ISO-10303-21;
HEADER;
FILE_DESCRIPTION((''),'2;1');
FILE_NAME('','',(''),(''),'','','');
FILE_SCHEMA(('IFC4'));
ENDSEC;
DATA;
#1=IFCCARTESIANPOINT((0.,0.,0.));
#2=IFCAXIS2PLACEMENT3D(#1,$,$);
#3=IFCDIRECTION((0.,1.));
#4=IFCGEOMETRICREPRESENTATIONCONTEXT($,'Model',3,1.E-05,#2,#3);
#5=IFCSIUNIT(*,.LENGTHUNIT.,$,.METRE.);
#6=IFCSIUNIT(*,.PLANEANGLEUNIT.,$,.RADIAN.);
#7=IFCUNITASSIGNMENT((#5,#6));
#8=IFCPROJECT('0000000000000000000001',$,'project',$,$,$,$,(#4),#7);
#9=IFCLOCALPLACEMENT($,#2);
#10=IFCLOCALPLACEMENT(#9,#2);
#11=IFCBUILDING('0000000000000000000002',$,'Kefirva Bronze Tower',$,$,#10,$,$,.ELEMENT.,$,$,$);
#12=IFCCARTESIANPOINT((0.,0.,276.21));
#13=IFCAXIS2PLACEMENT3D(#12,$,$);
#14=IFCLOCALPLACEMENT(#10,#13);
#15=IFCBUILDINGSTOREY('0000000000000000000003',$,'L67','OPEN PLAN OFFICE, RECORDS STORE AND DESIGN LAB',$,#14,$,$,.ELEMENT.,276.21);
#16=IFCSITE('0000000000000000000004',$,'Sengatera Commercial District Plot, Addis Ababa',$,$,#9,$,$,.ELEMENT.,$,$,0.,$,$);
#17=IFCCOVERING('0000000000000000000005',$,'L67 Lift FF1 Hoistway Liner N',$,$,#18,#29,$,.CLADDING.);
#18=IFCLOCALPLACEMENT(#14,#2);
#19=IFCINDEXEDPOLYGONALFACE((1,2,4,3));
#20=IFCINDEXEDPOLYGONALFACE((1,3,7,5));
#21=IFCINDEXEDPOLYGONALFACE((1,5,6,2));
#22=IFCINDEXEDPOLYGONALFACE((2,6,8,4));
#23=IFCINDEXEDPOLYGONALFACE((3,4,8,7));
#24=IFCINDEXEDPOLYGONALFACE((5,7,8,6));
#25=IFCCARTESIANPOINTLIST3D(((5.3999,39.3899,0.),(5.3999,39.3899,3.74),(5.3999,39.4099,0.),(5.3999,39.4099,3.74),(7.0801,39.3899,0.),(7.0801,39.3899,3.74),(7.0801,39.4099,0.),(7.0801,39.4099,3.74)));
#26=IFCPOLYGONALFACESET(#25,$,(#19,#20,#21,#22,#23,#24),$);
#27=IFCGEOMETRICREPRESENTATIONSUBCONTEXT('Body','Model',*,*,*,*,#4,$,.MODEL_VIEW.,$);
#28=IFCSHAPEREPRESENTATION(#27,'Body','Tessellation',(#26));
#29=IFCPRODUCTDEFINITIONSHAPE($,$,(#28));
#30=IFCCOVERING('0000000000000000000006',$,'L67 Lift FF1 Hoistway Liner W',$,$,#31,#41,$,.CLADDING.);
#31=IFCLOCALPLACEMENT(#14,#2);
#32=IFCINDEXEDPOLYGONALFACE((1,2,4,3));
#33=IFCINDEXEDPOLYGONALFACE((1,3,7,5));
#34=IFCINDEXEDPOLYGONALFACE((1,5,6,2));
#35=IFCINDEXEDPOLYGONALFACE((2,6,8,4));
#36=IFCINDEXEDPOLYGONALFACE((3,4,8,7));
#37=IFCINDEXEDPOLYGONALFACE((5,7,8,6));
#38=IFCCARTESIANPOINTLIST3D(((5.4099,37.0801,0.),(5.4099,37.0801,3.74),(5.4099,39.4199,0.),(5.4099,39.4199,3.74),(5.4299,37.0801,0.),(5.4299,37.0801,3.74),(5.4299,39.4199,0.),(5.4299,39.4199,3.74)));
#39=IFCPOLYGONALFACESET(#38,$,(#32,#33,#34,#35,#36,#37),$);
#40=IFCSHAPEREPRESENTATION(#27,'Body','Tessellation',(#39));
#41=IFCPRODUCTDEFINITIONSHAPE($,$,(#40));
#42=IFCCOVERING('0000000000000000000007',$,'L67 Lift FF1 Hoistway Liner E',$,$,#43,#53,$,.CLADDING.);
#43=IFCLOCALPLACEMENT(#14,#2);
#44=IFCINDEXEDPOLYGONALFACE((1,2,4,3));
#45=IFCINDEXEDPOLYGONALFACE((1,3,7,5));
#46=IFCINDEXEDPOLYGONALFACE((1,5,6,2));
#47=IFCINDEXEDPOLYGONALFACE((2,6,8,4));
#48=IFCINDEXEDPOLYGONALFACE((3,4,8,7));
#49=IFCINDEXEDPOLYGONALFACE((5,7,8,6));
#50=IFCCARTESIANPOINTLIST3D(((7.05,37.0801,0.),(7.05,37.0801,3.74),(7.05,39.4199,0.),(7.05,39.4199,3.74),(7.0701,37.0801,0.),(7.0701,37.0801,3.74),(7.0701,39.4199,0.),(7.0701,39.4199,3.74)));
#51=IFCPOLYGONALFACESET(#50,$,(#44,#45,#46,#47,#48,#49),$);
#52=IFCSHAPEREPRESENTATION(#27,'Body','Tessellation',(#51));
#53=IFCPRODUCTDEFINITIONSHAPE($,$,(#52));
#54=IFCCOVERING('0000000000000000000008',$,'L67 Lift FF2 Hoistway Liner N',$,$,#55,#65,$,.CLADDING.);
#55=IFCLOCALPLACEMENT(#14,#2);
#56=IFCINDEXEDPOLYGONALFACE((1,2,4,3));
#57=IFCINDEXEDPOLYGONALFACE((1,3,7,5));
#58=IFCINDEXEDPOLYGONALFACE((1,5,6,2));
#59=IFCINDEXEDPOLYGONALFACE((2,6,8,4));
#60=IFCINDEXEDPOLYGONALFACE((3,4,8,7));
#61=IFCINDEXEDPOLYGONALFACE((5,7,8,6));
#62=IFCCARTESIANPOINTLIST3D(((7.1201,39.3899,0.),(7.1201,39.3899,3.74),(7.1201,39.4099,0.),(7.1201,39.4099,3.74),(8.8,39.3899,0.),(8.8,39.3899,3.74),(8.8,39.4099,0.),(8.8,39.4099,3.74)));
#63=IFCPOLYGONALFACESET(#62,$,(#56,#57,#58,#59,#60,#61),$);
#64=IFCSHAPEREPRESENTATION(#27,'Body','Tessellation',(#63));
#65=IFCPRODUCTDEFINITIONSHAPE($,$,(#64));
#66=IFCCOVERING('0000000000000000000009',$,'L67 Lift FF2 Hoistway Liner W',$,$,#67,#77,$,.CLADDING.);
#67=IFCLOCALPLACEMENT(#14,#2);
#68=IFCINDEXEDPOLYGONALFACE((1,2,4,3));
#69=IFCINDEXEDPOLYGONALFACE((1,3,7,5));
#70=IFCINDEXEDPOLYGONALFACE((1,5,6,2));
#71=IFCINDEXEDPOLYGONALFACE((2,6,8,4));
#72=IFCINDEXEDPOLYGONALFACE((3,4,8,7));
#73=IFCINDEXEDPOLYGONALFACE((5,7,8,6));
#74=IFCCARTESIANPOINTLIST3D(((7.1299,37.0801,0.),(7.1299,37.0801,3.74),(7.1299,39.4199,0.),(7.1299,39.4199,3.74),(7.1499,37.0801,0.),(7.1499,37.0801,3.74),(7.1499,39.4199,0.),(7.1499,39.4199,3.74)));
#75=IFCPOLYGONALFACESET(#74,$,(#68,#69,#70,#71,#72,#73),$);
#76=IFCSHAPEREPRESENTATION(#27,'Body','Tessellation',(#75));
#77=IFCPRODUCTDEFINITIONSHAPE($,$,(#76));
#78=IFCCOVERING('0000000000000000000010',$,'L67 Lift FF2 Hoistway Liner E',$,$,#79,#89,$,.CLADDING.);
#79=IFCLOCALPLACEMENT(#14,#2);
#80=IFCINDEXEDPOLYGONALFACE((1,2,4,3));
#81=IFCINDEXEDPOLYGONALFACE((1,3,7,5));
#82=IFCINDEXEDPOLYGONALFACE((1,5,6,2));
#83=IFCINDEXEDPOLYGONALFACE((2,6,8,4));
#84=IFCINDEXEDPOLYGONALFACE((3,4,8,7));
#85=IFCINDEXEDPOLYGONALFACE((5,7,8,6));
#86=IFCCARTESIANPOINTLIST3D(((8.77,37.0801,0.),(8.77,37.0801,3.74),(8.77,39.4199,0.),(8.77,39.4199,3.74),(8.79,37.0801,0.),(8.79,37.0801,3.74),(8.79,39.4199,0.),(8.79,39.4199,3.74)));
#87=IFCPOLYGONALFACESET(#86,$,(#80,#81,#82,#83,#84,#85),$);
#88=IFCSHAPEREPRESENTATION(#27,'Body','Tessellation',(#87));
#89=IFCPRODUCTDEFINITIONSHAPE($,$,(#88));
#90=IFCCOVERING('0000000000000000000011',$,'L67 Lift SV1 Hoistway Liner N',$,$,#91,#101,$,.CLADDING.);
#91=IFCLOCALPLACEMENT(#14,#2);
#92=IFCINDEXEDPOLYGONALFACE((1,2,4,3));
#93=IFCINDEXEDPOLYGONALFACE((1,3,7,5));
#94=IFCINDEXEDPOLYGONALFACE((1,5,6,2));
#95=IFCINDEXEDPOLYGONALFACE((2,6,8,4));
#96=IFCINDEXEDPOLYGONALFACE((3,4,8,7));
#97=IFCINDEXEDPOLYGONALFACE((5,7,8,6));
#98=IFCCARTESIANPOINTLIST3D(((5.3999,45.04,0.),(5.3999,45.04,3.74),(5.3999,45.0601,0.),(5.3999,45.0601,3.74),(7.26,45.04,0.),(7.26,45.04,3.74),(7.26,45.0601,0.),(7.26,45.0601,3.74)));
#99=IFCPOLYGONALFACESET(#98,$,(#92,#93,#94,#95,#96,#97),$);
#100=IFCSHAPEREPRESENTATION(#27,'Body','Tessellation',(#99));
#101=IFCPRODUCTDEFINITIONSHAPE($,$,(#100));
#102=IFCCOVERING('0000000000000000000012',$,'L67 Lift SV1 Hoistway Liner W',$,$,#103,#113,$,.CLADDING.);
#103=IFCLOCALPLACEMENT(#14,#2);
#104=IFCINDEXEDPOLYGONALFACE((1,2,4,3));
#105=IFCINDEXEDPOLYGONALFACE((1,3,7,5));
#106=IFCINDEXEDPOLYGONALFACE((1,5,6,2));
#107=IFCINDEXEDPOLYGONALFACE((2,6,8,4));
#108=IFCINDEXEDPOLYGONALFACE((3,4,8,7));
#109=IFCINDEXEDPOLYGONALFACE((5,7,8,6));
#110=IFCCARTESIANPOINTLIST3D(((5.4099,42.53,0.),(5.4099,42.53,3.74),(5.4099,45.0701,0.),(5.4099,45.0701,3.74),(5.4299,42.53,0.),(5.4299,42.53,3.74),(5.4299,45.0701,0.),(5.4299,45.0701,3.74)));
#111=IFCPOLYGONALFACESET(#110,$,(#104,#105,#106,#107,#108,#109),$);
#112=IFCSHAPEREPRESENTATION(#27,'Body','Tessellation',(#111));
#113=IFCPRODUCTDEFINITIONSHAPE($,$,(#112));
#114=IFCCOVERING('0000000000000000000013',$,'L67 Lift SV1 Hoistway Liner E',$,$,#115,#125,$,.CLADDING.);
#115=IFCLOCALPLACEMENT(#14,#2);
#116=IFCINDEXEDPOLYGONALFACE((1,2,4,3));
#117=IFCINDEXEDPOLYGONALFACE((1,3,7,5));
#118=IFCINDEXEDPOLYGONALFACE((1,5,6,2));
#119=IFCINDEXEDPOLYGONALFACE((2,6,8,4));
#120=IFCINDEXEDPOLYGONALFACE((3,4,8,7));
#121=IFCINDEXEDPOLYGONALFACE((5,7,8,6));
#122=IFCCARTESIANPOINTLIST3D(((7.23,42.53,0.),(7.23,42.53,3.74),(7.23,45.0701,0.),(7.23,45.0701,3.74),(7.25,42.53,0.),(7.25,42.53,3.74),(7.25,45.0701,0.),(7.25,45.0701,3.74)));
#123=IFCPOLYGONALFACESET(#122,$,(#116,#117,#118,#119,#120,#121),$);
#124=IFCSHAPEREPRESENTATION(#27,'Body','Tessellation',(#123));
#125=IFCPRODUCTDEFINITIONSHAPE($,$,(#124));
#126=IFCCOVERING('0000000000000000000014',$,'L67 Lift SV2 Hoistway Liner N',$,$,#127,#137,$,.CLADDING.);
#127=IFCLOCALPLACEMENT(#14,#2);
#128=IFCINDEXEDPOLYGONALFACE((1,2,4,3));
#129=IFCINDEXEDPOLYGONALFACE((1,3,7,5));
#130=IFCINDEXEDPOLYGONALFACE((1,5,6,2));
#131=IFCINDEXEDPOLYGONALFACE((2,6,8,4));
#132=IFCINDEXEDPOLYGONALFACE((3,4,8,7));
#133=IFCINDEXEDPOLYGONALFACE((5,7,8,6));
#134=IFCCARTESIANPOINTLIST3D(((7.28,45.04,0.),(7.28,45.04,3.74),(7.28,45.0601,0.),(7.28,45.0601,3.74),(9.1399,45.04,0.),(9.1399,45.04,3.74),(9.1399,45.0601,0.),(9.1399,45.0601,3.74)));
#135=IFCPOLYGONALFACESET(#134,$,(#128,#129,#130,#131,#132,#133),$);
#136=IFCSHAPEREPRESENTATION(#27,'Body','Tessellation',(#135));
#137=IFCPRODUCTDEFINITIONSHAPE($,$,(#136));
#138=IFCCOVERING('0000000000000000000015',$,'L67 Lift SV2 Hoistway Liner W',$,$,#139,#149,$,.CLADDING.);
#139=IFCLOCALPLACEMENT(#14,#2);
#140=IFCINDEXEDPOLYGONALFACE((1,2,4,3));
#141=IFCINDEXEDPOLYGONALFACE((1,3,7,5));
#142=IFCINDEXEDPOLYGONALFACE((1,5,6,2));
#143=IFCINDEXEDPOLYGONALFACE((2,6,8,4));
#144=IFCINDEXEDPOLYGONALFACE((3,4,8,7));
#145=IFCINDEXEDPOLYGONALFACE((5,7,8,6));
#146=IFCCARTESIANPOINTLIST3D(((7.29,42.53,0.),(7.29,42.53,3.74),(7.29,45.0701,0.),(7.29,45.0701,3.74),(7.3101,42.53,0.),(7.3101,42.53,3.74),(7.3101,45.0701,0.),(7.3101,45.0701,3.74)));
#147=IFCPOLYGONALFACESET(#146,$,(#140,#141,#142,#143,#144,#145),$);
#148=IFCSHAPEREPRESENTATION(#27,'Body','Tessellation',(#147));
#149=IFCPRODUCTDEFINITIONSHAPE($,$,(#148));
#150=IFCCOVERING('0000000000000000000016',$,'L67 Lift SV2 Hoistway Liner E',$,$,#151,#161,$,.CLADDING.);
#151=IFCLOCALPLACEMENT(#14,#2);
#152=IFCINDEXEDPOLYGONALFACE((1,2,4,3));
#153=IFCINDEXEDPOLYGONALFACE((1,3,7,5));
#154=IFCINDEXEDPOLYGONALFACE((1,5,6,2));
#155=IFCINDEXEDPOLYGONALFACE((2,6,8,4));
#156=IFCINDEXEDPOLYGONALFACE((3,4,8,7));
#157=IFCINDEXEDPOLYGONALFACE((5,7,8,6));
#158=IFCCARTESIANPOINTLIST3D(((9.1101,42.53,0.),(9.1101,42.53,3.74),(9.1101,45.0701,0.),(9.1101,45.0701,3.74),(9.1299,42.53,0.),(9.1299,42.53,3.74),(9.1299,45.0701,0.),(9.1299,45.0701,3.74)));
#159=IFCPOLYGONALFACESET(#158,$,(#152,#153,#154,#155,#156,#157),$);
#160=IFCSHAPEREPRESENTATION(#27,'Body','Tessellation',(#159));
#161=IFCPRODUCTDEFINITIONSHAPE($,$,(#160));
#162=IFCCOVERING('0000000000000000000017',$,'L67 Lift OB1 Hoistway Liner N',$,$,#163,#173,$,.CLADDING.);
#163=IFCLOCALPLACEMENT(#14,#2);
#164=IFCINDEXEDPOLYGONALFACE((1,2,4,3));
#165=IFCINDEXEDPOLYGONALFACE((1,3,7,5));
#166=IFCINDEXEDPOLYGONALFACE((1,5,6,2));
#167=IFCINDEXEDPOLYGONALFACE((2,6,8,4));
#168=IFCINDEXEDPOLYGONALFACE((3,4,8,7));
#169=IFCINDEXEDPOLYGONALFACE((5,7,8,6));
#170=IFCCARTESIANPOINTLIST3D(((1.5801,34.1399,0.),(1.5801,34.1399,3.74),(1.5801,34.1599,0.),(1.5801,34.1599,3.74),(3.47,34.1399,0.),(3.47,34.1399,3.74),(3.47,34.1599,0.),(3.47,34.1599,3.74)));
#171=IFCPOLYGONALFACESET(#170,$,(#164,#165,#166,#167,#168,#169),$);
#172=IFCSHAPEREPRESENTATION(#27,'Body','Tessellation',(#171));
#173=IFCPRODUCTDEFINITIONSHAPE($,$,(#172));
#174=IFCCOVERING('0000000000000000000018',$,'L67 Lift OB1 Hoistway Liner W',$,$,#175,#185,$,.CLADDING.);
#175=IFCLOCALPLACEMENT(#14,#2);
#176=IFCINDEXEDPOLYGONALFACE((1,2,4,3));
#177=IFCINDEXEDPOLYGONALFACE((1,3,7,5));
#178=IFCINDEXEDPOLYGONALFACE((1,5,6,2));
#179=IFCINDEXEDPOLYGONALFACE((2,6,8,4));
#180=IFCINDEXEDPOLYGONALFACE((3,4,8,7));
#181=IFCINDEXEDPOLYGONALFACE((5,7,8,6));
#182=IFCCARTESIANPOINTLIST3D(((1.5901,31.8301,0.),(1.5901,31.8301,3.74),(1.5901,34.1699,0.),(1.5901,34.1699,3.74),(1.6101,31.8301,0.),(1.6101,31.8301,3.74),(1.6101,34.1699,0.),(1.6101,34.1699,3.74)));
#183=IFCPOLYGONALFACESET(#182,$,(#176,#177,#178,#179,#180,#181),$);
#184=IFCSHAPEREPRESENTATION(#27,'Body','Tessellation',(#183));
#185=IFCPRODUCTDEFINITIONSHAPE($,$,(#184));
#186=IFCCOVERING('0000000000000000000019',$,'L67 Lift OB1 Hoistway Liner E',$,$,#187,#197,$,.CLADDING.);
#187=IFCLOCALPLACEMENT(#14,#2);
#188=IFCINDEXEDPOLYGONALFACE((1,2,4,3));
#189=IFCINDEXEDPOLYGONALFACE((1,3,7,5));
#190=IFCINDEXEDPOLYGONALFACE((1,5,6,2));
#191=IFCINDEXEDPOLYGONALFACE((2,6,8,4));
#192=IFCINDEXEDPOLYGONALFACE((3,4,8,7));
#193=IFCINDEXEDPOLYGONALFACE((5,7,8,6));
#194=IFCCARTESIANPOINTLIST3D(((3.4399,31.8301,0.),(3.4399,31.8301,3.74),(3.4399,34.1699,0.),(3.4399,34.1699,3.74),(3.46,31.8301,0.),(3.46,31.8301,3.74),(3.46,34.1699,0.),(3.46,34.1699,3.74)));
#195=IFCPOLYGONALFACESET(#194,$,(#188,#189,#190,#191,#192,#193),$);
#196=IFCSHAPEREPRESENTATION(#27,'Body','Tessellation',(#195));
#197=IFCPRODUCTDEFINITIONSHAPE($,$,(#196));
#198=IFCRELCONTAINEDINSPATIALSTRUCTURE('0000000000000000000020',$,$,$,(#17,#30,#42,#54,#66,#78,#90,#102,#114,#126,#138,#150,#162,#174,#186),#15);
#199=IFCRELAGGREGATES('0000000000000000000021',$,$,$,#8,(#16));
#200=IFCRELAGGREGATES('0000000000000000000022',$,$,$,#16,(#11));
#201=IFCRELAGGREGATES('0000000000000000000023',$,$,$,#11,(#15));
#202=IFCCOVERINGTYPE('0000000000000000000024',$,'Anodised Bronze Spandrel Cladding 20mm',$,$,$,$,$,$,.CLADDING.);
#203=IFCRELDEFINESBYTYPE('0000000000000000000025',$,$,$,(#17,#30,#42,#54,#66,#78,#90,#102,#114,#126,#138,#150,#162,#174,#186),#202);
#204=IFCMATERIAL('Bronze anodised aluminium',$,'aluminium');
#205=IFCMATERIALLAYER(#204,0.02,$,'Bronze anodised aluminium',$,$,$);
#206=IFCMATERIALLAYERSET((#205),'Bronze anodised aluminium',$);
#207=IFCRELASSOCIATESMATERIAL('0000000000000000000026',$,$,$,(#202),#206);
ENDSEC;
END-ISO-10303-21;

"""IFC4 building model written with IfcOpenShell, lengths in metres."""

from ifc_helpers import new_model, si_unit, direction, frame, origin, place, context, subcontext, project, spatial, polyline, outline, extrude, material, layer, layer_set, type_object, element, save


model = new_model("IFC4")

# Units and contexts
model_context = context("Model", 3, precision=1e-05, world=origin(), true_north=direction((0.0, 1.0)))
body_context = subcontext(model_context, "Body", "Model", "MODEL_VIEW")
ifc_project = project(units=[si_unit("LENGTHUNIT", "METRE"), si_unit("PLANEANGLEUNIT", "RADIAN")], contexts=[model_context])

# Site, building, storey
site_placement = place(None, origin())
site = spatial("IfcSite", under=ifc_project, at=site_placement, Name="Sengatera Commercial District Plot, Addis Ababa", CompositionType="ELEMENT", RefElevation=0.0)
building_placement = place(site_placement, origin())
building = spatial("IfcBuilding", under=site, at=building_placement, Name="Kefirva Bronze Tower", CompositionType="ELEMENT")
storey_placement = place(building_placement, frame((0.0, 0.0, 276.21)))
storey = spatial("IfcBuildingStorey", under=building, at=storey_placement, Name="L67", Description="OPEN PLAN OFFICE, RECORDS STORE AND DESIGN LAB", CompositionType="ELEMENT", Elevation=276.21)

# Shared definitions
ifc_material_1 = material(Name="Bronze anodised aluminium", Category="aluminium")

# Coverings
ifc_layer_1 = layer(ifc_material_1, 0.02, Name="Bronze anodised aluminium")
ifc_layer_set_1 = layer_set([ifc_layer_1], Name="Bronze anodised aluminium")
covering_type_1 = type_object("IfcCoveringType", Name="Anodised Bronze Spandrel Cladding 20mm", PredefinedType="CLADDING", material=ifc_layer_set_1)
covering_1_placement = place(storey_placement, origin())
element("IfcCovering", 1, at=covering_1_placement, inside=storey, type_object=covering_type_1, Name="L67 Lift FF1 Hoistway Liner N", PredefinedType="CLADDING", context=body_context, shape_type="SweptSolid", body=[
    extrude(outline(polyline([(5.3999, 39.3899), (7.0801, 39.3899), (7.0801, 39.4099), (5.3999, 39.4099), (5.3999, 39.3899)])), origin(), (0.0, 0.0, 1.0), 3.74),
])
covering_2_placement = place(storey_placement, origin())
element("IfcCovering", 2, at=covering_2_placement, inside=storey, type_object=covering_type_1, Name="L67 Lift FF1 Hoistway Liner W", PredefinedType="CLADDING", context=body_context, shape_type="SweptSolid", body=[
    extrude(outline(polyline([(5.4099, 37.0801), (5.4299, 37.0801), (5.4299, 39.4199), (5.4099, 39.4199), (5.4099, 37.0801)])), origin(), (0.0, 0.0, 1.0), 3.74),
])
covering_3_placement = place(storey_placement, origin())
element("IfcCovering", 3, at=covering_3_placement, inside=storey, type_object=covering_type_1, Name="L67 Lift FF1 Hoistway Liner E", PredefinedType="CLADDING", context=body_context, shape_type="SweptSolid", body=[
    extrude(outline(polyline([(7.05, 37.0801), (7.0701, 37.0801), (7.0701, 39.4199), (7.05, 39.4199), (7.05, 37.0801)])), origin(), (0.0, 0.0, 1.0), 3.74),
])
covering_4_placement = place(storey_placement, origin())
element("IfcCovering", 4, at=covering_4_placement, inside=storey, type_object=covering_type_1, Name="L67 Lift FF2 Hoistway Liner N", PredefinedType="CLADDING", context=body_context, shape_type="SweptSolid", body=[
    extrude(outline(polyline([(7.1201, 39.3899), (8.8, 39.3899), (8.8, 39.4099), (7.1201, 39.4099), (7.1201, 39.3899)])), origin(), (0.0, 0.0, 1.0), 3.74),
])
covering_5_placement = place(storey_placement, origin())
element("IfcCovering", 5, at=covering_5_placement, inside=storey, type_object=covering_type_1, Name="L67 Lift FF2 Hoistway Liner W", PredefinedType="CLADDING", context=body_context, shape_type="SweptSolid", body=[
    extrude(outline(polyline([(7.1299, 37.0801), (7.1499, 37.0801), (7.1499, 39.4199), (7.1299, 39.4199), (7.1299, 37.0801)])), origin(), (0.0, 0.0, 1.0), 3.74),
])
covering_6_placement = place(storey_placement, origin())
element("IfcCovering", 6, at=covering_6_placement, inside=storey, type_object=covering_type_1, Name="L67 Lift FF2 Hoistway Liner E", PredefinedType="CLADDING", context=body_context, shape_type="SweptSolid", body=[
    extrude(outline(polyline([(8.77, 37.0801), (8.79, 37.0801), (8.79, 39.4199), (8.77, 39.4199), (8.77, 37.0801)])), origin(), (0.0, 0.0, 1.0), 3.74),
])
covering_7_placement = place(storey_placement, origin())
element("IfcCovering", 7, at=covering_7_placement, inside=storey, type_object=covering_type_1, Name="L67 Lift SV1 Hoistway Liner N", PredefinedType="CLADDING", context=body_context, shape_type="SweptSolid", body=[
    extrude(outline(polyline([(5.3999, 45.04), (7.26, 45.04), (7.26, 45.0601), (5.3999, 45.0601), (5.3999, 45.04)])), origin(), (0.0, 0.0, 1.0), 3.74),
])
covering_8_placement = place(storey_placement, origin())
element("IfcCovering", 8, at=covering_8_placement, inside=storey, type_object=covering_type_1, Name="L67 Lift SV1 Hoistway Liner W", PredefinedType="CLADDING", context=body_context, shape_type="SweptSolid", body=[
    extrude(outline(polyline([(5.4099, 42.53), (5.4299, 42.53), (5.4299, 45.0701), (5.4099, 45.0701), (5.4099, 42.53)])), origin(), (0.0, 0.0, 1.0), 3.74),
])
covering_9_placement = place(storey_placement, origin())
element("IfcCovering", 9, at=covering_9_placement, inside=storey, type_object=covering_type_1, Name="L67 Lift SV1 Hoistway Liner E", PredefinedType="CLADDING", context=body_context, shape_type="SweptSolid", body=[
    extrude(outline(polyline([(7.23, 42.53), (7.25, 42.53), (7.25, 45.0701), (7.23, 45.0701), (7.23, 42.53)])), origin(), (0.0, 0.0, 1.0), 3.74),
])
covering_10_placement = place(storey_placement, origin())
element("IfcCovering", 10, at=covering_10_placement, inside=storey, type_object=covering_type_1, Name="L67 Lift SV2 Hoistway Liner N", PredefinedType="CLADDING", context=body_context, shape_type="SweptSolid", body=[
    extrude(outline(polyline([(7.28, 45.04), (9.1399, 45.04), (9.1399, 45.0601), (7.28, 45.0601), (7.28, 45.04)])), origin(), (0.0, 0.0, 1.0), 3.74),
])
covering_11_placement = place(storey_placement, origin())
element("IfcCovering", 11, at=covering_11_placement, inside=storey, type_object=covering_type_1, Name="L67 Lift SV2 Hoistway Liner W", PredefinedType="CLADDING", context=body_context, shape_type="SweptSolid", body=[
    extrude(outline(polyline([(7.29, 42.53), (7.3101, 42.53), (7.3101, 45.0701), (7.29, 45.0701), (7.29, 42.53)])), origin(), (0.0, 0.0, 1.0), 3.74),
])
covering_12_placement = place(storey_placement, origin())
element("IfcCovering", 12, at=covering_12_placement, inside=storey, type_object=covering_type_1, Name="L67 Lift SV2 Hoistway Liner E", PredefinedType="CLADDING", context=body_context, shape_type="SweptSolid", body=[
    extrude(outline(polyline([(9.1101, 42.53), (9.1299, 42.53), (9.1299, 45.0701), (9.1101, 45.0701), (9.1101, 42.53)])), origin(), (0.0, 0.0, 1.0), 3.74),
])
covering_13_placement = place(storey_placement, origin())
element("IfcCovering", 13, at=covering_13_placement, inside=storey, type_object=covering_type_1, Name="L67 Lift OB1 Hoistway Liner N", PredefinedType="CLADDING", context=body_context, shape_type="SweptSolid", body=[
    extrude(outline(polyline([(1.5801, 34.1399), (3.47, 34.1399), (3.47, 34.1599), (1.5801, 34.1599), (1.5801, 34.1399)])), origin(), (0.0, 0.0, 1.0), 3.74),
])
covering_14_placement = place(storey_placement, origin())
element("IfcCovering", 14, at=covering_14_placement, inside=storey, type_object=covering_type_1, Name="L67 Lift OB1 Hoistway Liner W", PredefinedType="CLADDING", context=body_context, shape_type="SweptSolid", body=[
    extrude(outline(polyline([(1.5901, 31.8301), (1.6101, 31.8301), (1.6101, 34.1699), (1.5901, 34.1699), (1.5901, 31.8301)])), origin(), (0.0, 0.0, 1.0), 3.74),
])
covering_15_placement = place(storey_placement, origin())
element("IfcCovering", 15, at=covering_15_placement, inside=storey, type_object=covering_type_1, Name="L67 Lift OB1 Hoistway Liner E", PredefinedType="CLADDING", context=body_context, shape_type="SweptSolid", body=[
    extrude(outline(polyline([(3.4399, 31.8301), (3.46, 31.8301), (3.46, 34.1699), (3.4399, 34.1699), (3.4399, 31.8301)])), origin(), (0.0, 0.0, 1.0), 3.74),
])

save(model, "model.ifc")
